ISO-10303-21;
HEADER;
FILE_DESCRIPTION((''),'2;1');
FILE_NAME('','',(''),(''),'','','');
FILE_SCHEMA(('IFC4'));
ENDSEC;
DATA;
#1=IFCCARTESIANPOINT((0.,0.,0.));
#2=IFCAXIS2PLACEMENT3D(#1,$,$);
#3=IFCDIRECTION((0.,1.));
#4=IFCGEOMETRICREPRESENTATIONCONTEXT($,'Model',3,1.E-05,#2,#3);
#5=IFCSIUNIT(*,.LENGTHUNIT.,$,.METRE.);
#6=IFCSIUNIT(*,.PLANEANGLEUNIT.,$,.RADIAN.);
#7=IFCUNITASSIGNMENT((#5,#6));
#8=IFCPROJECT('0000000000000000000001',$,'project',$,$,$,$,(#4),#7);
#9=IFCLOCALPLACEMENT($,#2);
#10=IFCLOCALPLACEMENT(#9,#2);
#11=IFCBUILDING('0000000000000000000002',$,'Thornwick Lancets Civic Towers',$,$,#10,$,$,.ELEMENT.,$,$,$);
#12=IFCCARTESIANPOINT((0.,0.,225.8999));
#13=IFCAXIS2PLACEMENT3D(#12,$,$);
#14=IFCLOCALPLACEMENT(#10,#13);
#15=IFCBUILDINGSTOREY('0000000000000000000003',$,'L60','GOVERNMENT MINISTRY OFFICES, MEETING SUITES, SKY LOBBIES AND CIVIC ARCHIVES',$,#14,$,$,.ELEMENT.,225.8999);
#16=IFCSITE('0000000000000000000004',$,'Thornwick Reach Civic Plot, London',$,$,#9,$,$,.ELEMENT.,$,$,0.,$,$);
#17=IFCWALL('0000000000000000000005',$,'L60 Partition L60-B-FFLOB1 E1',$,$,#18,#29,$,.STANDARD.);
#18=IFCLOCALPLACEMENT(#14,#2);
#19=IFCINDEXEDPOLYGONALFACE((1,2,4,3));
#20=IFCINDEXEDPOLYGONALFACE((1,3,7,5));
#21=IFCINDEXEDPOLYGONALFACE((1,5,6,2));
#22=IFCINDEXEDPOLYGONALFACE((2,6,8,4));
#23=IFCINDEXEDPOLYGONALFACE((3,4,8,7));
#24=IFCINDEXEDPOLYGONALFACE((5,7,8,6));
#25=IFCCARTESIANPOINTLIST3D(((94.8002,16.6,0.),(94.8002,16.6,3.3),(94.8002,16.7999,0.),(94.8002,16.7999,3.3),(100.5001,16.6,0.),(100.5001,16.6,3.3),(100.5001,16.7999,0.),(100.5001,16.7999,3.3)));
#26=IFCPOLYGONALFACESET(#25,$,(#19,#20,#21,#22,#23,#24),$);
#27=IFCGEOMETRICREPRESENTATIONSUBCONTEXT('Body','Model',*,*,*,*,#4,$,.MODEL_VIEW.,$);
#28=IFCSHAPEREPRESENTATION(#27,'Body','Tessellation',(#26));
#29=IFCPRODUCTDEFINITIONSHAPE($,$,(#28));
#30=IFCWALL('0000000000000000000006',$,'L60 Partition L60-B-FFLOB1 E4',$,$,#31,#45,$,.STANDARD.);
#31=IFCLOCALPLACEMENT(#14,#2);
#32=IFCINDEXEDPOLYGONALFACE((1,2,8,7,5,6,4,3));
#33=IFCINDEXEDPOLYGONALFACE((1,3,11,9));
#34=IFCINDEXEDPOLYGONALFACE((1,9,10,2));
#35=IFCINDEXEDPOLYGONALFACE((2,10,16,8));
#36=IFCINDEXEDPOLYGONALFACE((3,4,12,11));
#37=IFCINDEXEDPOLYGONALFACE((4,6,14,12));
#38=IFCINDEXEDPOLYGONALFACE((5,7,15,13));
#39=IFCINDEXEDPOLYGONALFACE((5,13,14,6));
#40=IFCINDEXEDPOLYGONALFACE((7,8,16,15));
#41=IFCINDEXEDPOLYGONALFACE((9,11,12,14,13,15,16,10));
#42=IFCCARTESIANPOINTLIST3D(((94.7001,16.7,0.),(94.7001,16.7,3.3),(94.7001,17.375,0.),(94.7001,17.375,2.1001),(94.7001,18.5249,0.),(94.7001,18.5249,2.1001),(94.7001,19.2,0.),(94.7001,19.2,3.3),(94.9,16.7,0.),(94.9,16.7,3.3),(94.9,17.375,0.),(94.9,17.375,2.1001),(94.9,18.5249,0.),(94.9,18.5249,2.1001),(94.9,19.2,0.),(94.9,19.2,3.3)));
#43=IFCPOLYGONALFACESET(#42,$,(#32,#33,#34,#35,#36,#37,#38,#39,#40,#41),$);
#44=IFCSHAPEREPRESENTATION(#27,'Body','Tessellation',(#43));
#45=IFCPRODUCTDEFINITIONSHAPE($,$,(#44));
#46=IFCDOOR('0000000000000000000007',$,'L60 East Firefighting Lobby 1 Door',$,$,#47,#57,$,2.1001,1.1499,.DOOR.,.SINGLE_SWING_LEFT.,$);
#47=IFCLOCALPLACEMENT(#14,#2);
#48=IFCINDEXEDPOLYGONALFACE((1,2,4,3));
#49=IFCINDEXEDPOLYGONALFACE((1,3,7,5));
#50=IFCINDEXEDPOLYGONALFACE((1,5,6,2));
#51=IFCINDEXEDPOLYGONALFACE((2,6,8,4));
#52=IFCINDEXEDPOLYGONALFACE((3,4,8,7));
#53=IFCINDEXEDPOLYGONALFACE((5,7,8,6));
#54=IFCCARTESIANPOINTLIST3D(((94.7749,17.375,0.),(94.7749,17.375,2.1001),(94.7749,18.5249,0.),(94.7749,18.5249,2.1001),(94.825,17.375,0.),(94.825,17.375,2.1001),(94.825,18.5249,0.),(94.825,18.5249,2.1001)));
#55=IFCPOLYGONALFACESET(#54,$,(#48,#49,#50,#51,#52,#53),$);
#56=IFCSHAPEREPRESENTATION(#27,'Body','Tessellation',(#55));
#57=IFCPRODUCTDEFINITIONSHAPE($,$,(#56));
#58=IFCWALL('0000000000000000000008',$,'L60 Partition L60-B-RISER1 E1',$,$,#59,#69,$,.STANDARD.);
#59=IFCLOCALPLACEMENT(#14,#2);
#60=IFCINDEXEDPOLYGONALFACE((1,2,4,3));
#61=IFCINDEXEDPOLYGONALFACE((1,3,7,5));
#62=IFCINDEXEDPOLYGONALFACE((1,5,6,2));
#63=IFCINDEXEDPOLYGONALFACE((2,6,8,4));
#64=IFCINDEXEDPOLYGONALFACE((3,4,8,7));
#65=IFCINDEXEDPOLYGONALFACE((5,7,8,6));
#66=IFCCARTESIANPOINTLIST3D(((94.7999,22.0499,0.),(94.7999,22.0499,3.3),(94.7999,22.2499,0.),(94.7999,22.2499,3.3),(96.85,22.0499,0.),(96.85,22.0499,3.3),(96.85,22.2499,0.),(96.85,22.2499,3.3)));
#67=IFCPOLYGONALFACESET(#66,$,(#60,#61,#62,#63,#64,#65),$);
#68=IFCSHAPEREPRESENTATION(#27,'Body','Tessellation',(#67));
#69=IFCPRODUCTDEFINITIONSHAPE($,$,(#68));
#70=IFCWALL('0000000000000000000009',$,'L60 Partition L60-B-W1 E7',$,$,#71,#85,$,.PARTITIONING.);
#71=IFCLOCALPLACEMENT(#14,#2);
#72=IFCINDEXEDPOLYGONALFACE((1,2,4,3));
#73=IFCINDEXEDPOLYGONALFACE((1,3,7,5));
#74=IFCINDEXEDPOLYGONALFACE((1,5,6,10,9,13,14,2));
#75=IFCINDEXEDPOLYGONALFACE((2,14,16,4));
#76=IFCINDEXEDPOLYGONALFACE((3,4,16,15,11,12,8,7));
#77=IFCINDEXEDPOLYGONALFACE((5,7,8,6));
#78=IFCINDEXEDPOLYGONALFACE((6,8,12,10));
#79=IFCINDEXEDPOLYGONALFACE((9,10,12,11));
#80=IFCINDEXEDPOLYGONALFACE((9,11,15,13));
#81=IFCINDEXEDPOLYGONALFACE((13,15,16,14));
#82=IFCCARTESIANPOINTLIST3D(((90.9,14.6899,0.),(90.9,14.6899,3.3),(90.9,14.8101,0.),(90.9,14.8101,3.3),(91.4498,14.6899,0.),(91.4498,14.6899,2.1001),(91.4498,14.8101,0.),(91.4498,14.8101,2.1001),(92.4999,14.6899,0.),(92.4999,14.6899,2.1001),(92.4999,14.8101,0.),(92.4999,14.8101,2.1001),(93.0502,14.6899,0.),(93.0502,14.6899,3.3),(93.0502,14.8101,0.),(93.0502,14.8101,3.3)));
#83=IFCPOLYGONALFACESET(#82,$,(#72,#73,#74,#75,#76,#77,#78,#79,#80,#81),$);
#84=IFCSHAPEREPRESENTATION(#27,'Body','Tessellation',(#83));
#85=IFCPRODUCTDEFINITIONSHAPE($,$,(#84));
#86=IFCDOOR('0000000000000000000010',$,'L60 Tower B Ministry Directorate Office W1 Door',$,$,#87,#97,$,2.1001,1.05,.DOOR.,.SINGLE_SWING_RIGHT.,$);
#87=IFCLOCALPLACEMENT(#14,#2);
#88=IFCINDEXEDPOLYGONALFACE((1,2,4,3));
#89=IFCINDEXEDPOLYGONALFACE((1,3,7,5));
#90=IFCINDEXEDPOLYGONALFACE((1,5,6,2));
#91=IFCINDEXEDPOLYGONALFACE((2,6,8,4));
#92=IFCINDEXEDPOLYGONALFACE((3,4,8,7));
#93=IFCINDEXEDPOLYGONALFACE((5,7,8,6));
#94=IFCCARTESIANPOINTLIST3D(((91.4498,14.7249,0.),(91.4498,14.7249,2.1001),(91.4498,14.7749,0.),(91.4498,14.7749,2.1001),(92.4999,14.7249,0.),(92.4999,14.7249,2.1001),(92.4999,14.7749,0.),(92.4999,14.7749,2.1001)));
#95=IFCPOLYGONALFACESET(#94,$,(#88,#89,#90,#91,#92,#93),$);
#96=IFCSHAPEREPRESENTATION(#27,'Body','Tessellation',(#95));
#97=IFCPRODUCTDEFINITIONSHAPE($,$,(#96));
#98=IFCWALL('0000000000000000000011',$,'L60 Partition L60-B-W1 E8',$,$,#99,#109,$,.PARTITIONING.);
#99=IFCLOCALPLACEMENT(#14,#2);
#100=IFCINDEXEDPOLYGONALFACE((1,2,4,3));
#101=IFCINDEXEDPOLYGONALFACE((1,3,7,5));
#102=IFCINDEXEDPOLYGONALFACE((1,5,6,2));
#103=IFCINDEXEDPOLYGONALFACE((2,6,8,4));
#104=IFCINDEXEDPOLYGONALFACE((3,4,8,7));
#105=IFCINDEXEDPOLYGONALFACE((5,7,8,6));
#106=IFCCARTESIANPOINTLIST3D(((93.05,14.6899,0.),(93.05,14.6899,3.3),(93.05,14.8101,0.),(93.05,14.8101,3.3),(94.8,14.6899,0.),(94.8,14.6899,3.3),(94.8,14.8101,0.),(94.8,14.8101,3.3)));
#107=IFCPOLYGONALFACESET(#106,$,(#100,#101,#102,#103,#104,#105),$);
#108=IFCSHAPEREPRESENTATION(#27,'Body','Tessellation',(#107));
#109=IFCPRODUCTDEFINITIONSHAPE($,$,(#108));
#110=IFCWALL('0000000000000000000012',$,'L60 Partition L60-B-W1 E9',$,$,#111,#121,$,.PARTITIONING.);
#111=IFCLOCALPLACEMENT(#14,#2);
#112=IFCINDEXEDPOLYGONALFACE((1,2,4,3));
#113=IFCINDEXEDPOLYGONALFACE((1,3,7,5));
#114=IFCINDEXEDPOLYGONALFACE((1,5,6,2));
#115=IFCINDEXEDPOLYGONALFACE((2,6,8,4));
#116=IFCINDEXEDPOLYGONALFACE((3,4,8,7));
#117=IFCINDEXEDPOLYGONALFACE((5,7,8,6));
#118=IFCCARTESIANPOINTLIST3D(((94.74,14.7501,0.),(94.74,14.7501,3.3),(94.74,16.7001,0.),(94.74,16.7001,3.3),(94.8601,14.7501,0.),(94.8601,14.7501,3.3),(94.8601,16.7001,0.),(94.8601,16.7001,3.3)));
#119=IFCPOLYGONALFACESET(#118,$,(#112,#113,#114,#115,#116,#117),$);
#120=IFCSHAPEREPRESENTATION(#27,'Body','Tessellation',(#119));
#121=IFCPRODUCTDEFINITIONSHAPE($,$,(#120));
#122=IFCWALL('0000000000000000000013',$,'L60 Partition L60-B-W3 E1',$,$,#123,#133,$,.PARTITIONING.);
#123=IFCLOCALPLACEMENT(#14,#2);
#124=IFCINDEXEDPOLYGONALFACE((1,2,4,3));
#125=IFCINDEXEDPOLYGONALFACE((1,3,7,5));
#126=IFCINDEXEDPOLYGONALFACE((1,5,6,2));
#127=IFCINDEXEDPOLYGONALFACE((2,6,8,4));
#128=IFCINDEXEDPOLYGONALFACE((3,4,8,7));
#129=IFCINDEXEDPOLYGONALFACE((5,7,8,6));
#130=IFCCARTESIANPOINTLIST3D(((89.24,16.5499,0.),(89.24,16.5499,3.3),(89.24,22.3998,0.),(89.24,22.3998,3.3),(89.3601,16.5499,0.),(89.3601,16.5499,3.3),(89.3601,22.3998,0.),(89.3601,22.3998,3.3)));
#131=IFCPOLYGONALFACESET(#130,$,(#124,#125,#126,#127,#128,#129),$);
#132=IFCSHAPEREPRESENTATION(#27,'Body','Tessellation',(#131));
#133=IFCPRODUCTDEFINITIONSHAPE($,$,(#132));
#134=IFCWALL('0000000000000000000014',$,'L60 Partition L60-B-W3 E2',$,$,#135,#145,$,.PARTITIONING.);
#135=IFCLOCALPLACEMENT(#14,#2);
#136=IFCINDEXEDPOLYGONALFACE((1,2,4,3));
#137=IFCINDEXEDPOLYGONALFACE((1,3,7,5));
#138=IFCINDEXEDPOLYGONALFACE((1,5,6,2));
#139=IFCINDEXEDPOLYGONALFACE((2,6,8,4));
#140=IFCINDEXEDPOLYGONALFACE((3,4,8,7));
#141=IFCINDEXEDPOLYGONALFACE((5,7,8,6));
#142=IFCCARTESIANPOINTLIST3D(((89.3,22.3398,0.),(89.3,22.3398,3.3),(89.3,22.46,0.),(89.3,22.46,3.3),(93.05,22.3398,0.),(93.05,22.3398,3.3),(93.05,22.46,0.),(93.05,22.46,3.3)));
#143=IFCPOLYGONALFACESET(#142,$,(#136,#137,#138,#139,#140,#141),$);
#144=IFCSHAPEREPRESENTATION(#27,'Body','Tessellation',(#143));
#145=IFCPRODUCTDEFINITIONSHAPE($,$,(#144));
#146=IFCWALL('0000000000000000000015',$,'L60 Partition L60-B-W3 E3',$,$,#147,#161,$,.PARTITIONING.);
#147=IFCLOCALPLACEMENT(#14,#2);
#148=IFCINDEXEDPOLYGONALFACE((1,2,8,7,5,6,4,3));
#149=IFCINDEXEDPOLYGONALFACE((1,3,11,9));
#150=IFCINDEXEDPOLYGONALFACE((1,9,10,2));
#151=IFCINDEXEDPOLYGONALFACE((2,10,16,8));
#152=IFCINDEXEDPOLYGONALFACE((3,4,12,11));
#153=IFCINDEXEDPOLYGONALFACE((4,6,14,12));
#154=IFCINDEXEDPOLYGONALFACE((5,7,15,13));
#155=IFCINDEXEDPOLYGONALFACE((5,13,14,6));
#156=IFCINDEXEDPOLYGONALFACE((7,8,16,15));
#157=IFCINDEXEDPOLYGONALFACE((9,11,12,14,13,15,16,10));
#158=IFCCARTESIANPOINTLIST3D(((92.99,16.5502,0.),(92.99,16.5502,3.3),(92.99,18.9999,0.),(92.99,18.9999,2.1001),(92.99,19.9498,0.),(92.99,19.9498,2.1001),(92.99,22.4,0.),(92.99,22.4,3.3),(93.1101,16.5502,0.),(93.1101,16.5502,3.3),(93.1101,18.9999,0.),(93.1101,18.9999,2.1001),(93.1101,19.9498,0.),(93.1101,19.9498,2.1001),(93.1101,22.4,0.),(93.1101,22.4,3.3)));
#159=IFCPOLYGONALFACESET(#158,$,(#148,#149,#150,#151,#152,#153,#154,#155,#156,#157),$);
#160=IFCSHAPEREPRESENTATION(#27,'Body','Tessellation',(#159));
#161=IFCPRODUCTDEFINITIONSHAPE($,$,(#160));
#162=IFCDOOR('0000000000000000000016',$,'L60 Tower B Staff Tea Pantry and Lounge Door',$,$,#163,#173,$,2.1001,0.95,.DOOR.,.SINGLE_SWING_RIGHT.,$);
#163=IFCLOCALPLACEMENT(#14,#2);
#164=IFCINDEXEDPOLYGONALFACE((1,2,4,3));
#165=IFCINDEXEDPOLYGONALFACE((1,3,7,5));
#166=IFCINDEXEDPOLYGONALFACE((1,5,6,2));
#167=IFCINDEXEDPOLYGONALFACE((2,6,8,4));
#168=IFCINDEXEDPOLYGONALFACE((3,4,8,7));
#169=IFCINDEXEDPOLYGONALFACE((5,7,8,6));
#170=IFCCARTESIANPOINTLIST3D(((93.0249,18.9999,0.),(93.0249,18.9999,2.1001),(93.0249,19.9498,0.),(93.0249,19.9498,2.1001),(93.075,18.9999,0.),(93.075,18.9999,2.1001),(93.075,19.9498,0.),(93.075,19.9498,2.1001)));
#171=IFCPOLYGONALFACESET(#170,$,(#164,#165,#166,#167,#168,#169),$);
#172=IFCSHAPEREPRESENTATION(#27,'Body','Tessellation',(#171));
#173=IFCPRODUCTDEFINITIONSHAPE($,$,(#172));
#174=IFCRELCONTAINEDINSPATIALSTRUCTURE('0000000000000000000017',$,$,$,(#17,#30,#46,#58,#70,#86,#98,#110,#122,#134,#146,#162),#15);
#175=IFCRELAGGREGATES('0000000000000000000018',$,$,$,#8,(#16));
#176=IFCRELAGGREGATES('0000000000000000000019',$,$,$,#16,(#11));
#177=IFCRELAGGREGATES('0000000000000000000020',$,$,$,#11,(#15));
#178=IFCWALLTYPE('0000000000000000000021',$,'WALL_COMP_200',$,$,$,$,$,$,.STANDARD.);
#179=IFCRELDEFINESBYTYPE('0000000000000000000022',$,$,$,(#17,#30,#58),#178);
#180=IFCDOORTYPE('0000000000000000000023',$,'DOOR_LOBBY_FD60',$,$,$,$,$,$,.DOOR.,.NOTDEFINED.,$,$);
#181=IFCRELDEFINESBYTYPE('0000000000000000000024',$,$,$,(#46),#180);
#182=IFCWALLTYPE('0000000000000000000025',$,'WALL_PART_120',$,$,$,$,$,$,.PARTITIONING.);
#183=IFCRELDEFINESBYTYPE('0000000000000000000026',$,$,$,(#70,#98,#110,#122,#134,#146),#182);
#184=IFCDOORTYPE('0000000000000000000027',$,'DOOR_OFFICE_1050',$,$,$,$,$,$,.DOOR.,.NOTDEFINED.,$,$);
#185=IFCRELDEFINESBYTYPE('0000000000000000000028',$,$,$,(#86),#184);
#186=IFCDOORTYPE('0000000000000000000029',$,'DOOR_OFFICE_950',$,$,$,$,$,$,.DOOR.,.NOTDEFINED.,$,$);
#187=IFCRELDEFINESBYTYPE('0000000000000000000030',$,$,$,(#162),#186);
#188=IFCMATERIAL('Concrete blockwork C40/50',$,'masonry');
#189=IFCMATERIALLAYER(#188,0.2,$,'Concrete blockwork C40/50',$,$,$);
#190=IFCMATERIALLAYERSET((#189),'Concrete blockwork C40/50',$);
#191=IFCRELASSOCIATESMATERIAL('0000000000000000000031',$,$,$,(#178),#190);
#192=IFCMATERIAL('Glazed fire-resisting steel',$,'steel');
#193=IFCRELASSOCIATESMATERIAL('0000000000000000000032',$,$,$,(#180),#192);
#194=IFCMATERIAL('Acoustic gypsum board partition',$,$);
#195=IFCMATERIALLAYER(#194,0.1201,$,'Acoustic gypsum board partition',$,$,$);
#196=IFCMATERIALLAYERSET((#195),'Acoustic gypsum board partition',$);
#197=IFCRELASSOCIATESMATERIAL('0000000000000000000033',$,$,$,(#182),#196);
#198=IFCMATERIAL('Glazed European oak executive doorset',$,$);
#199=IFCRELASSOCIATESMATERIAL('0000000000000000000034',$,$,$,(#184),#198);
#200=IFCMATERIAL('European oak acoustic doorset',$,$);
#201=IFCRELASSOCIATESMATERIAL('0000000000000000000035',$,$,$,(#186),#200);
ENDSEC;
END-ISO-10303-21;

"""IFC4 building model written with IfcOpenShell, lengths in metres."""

from ifc_helpers import new_model, si_unit, direction, frame, frame_2d, origin, place, context, subcontext, project, spatial, rectangle, extrude, material, layer, layer_set, type_object, element, fill, save


model = new_model("IFC4")

# Units and contexts
model_context = context("Model", 3, precision=1e-05, world=origin(), true_north=direction((0.0, 1.0)))
body_context = subcontext(model_context, "Body", "Model", "MODEL_VIEW")
ifc_project = project(units=[si_unit("LENGTHUNIT", "METRE"), si_unit("PLANEANGLEUNIT", "RADIAN")], contexts=[model_context])

# Site, building, storey
site_placement = place(None, origin())
site = spatial("IfcSite", under=ifc_project, at=site_placement, Name="Thornwick Reach Civic Plot, London", CompositionType="ELEMENT", RefElevation=0.0)
building_placement = place(site_placement, origin())
building = spatial("IfcBuilding", under=site, at=building_placement, Name="Thornwick Lancets Civic Towers", CompositionType="ELEMENT")
storey_placement = place(building_placement, frame((0.0, 0.0, 225.8999)))
storey = spatial("IfcBuildingStorey", under=building, at=storey_placement, Name="L60", Description="GOVERNMENT MINISTRY OFFICES, MEETING SUITES, SKY LOBBIES AND CIVIC ARCHIVES", CompositionType="ELEMENT", Elevation=225.8999)

# Wall
ifc_material_1 = material(Name="Concrete blockwork C40/50", Category="masonry")
ifc_layer_1 = layer(ifc_material_1, 0.2, Name="Concrete blockwork C40/50")
ifc_layer_set_1 = layer_set([ifc_layer_1], Name="Concrete blockwork C40/50")
wall_type_1 = type_object("IfcWallType", Name="WALL_COMP_200", PredefinedType="STANDARD", material=ifc_layer_set_1)
wall_1_placement = place(storey_placement, frame((94.8, 16.7, 0.0), z_axis=(0.0, 0.0, 1.0), x_axis=(1.0, 0.0, 0.0)))
element("IfcWall", 1, at=wall_1_placement, inside=storey, type_object=wall_type_1, Name="L60 Partition L60-B-FFLOB1 E1", PredefinedType="STANDARD", context=body_context, shape_type="SweptSolid", body=[
    extrude(rectangle(XDim=5.7, YDim=0.2, at=frame_2d((2.8501, 0.0))), origin(), (0.0, 0.0, 1.0), 3.3),
])

# Wall, opening, door
wall_2_placement = place(storey_placement, frame((94.8, 19.2, 0.0), z_axis=(0.0, 0.0, 1.0), x_axis=(0.0, -1.0, 0.0)))
wall_2 = element("IfcWall", 2, at=wall_2_placement, inside=storey, type_object=wall_type_1, Name="L60 Partition L60-B-FFLOB1 E4", PredefinedType="STANDARD", context=body_context, shape_type="SweptSolid", body=[
    extrude(rectangle(XDim=2.5, YDim=0.2, at=frame_2d((1.25, 0.0))), origin(), (0.0, 0.0, 1.0), 3.3),
])
opening_1_placement = place(wall_2_placement, frame((0.675, 0.0, 0.0)))
opening_1 = element("IfcOpeningElement", 3, at=opening_1_placement, cuts=wall_2, PredefinedType="OPENING", context=body_context, shape_type="SweptSolid", body=[
    extrude(rectangle(XDim=1.1499, YDim=2.1001, at=frame_2d((0.575, 1.05))), frame((0.0, 0.1099, 0.0), z_axis=(0.0, -1.0, 0.0), x_axis=(1.0, 0.0, 0.0)), (0.0, 0.0, 1.0), 0.22),
])
ifc_material_2 = material(Name="Glazed fire-resisting steel", Category="steel")
door_type_1 = type_object("IfcDoorType", Name="DOOR_LOBBY_FD60", OperationType="NOTDEFINED", PredefinedType="DOOR", material=ifc_material_2)
door_1_placement = place(opening_1_placement, origin())
door_1 = element("IfcDoor", 4, at=door_1_placement, inside=storey, type_object=door_type_1, Name="L60 East Firefighting Lobby 1 Door", OperationType="SINGLE_SWING_LEFT", OverallHeight=2.1001, OverallWidth=1.1499, PredefinedType="DOOR", context=body_context, shape_type="SweptSolid", body=[
    extrude(rectangle(XDim=1.1499, YDim=2.1001, at=frame_2d((0.575, 1.05))), frame((0.0, 0.0249, 0.0), z_axis=(0.0, -1.0, 0.0), x_axis=(1.0, 0.0, 0.0)), (0.0, 0.0, 1.0), 0.05),
])
fill(opening_1, door_1)

# Wall
wall_3_placement = place(storey_placement, frame((94.8, 22.1499, 0.0), z_axis=(0.0, 0.0, 1.0), x_axis=(1.0, 0.0, 0.0)))
element("IfcWall", 5, at=wall_3_placement, inside=storey, type_object=wall_type_1, Name="L60 Partition L60-B-RISER1 E1", PredefinedType="STANDARD", context=body_context, shape_type="SweptSolid", body=[
    extrude(rectangle(XDim=2.05, YDim=0.2, at=frame_2d((1.0249, 0.0))), origin(), (0.0, 0.0, 1.0), 3.3),
])

# Wall, opening, door
ifc_material_3 = material(Name="Acoustic gypsum board partition")
ifc_layer_2 = layer(ifc_material_3, 0.1201, Name="Acoustic gypsum board partition")
ifc_layer_set_2 = layer_set([ifc_layer_2], Name="Acoustic gypsum board partition")
wall_type_2 = type_object("IfcWallType", Name="WALL_PART_120", PredefinedType="PARTITIONING", material=ifc_layer_set_2)
wall_4_placement = place(storey_placement, frame((90.8999, 14.75, 0.0), z_axis=(0.0, 0.0, 1.0), x_axis=(1.0, 0.0, 0.0)))
wall_4 = element("IfcWall", 6, at=wall_4_placement, inside=storey, type_object=wall_type_2, Name="L60 Partition L60-B-W1 E7", PredefinedType="PARTITIONING", context=body_context, shape_type="SweptSolid", body=[
    extrude(rectangle(XDim=2.1501, YDim=0.1201, at=frame_2d((1.0752, 0.0))), origin(), (0.0, 0.0, 1.0), 3.3),
])
opening_2_placement = place(wall_4_placement, frame((0.55, 0.0, 0.0)))
opening_2 = element("IfcOpeningElement", 7, at=opening_2_placement, cuts=wall_4, PredefinedType="OPENING", context=body_context, shape_type="SweptSolid", body=[
    extrude(rectangle(XDim=1.05, YDim=2.1001, at=frame_2d((0.5249, 1.05))), frame((0.0, 0.0701, 0.0), z_axis=(0.0, -1.0, 0.0), x_axis=(1.0, 0.0, 0.0)), (0.0, 0.0, 1.0), 0.1401),
])
ifc_material_4 = material(Name="Glazed European oak executive doorset")
door_type_2 = type_object("IfcDoorType", Name="DOOR_OFFICE_1050", OperationType="NOTDEFINED", PredefinedType="DOOR", material=ifc_material_4)
door_2_placement = place(opening_2_placement, origin())
door_2 = element("IfcDoor", 8, at=door_2_placement, inside=storey, type_object=door_type_2, Name="L60 Tower B Ministry Directorate Office W1 Door", OperationType="SINGLE_SWING_RIGHT", OverallHeight=2.1001, OverallWidth=1.05, PredefinedType="DOOR", context=body_context, shape_type="SweptSolid", body=[
    extrude(rectangle(XDim=1.05, YDim=2.1001, at=frame_2d((0.5249, 1.05))), frame((0.0, 0.0249, 0.0), z_axis=(0.0, -1.0, 0.0), x_axis=(1.0, 0.0, 0.0)), (0.0, 0.0, 1.0), 0.05),
])
fill(opening_2, door_2)

# Walls
wall_5_placement = place(storey_placement, frame((93.05, 14.75, 0.0), z_axis=(0.0, 0.0, 1.0), x_axis=(1.0, 0.0, 0.0)))
element("IfcWall", 9, at=wall_5_placement, inside=storey, type_object=wall_type_2, Name="L60 Partition L60-B-W1 E8", PredefinedType="PARTITIONING", context=body_context, shape_type="SweptSolid", body=[
    extrude(rectangle(XDim=1.75, YDim=0.1201, at=frame_2d((0.875, 0.0))), origin(), (0.0, 0.0, 1.0), 3.3),
])
wall_6_placement = place(storey_placement, frame((94.8, 14.75, 0.0), z_axis=(0.0, 0.0, 1.0), x_axis=(0.0, 1.0, 0.0)))
element("IfcWall", 10, at=wall_6_placement, inside=storey, type_object=wall_type_2, Name="L60 Partition L60-B-W1 E9", PredefinedType="PARTITIONING", context=body_context, shape_type="SweptSolid", body=[
    extrude(rectangle(XDim=1.95, YDim=0.1201, at=frame_2d((0.9751, 0.0))), origin(), (0.0, 0.0, 1.0), 3.3),
])
wall_7_placement = place(storey_placement, frame((89.3, 16.55, 0.0), z_axis=(0.0, 0.0, 1.0), x_axis=(0.0, 1.0, 0.0)))
element("IfcWall", 11, at=wall_7_placement, inside=storey, type_object=wall_type_2, Name="L60 Partition L60-B-W3 E1", PredefinedType="PARTITIONING", context=body_context, shape_type="SweptSolid", body=[
    extrude(rectangle(XDim=5.8499, YDim=0.1201, at=frame_2d((2.9248, 0.0))), origin(), (0.0, 0.0, 1.0), 3.3),
])
wall_8_placement = place(storey_placement, frame((89.3, 22.3999, 0.0), z_axis=(0.0, 0.0, 1.0), x_axis=(1.0, 0.0, 0.0)))
element("IfcWall", 12, at=wall_8_placement, inside=storey, type_object=wall_type_2, Name="L60 Partition L60-B-W3 E2", PredefinedType="PARTITIONING", context=body_context, shape_type="SweptSolid", body=[
    extrude(rectangle(XDim=3.75, YDim=0.1201, at=frame_2d((1.875, 0.0))), origin(), (0.0, 0.0, 1.0), 3.3),
])

# Wall, opening, door
wall_9_placement = place(storey_placement, frame((93.05, 22.3999, 0.0), z_axis=(0.0, 0.0, 1.0), x_axis=(0.0, -1.0, 0.0)))
wall_9 = element("IfcWall", 13, at=wall_9_placement, inside=storey, type_object=wall_type_2, Name="L60 Partition L60-B-W3 E3", PredefinedType="PARTITIONING", context=body_context, shape_type="SweptSolid", body=[
    extrude(rectangle(XDim=5.8499, YDim=0.1201, at=frame_2d((2.9248, 0.0))), origin(), (0.0, 0.0, 1.0), 3.3),
])
opening_3_placement = place(wall_9_placement, frame((2.45, 0.0, 0.0)))
opening_3 = element("IfcOpeningElement", 14, at=opening_3_placement, cuts=wall_9, PredefinedType="OPENING", context=body_context, shape_type="SweptSolid", body=[
    extrude(rectangle(XDim=0.95, YDim=2.1001, at=frame_2d((0.4751, 1.05))), frame((0.0, 0.0701, 0.0), z_axis=(0.0, -1.0, 0.0), x_axis=(1.0, 0.0, 0.0)), (0.0, 0.0, 1.0), 0.1401),
])
ifc_material_5 = material(Name="European oak acoustic doorset")
door_type_3 = type_object("IfcDoorType", Name="DOOR_OFFICE_950", OperationType="NOTDEFINED", PredefinedType="DOOR", material=ifc_material_5)
door_3_placement = place(opening_3_placement, origin())
door_3 = element("IfcDoor", 15, at=door_3_placement, inside=storey, type_object=door_type_3, Name="L60 Tower B Staff Tea Pantry and Lounge Door", OperationType="SINGLE_SWING_RIGHT", OverallHeight=2.1001, OverallWidth=0.95, PredefinedType="DOOR", context=body_context, shape_type="SweptSolid", body=[
    extrude(rectangle(XDim=0.95, YDim=2.1001, at=frame_2d((0.4751, 1.05))), frame((0.0, 0.0249, 0.0), z_axis=(0.0, -1.0, 0.0), x_axis=(1.0, 0.0, 0.0)), (0.0, 0.0, 1.0), 0.05),
])
fill(opening_3, door_3)

save(model, "model.ifc")
